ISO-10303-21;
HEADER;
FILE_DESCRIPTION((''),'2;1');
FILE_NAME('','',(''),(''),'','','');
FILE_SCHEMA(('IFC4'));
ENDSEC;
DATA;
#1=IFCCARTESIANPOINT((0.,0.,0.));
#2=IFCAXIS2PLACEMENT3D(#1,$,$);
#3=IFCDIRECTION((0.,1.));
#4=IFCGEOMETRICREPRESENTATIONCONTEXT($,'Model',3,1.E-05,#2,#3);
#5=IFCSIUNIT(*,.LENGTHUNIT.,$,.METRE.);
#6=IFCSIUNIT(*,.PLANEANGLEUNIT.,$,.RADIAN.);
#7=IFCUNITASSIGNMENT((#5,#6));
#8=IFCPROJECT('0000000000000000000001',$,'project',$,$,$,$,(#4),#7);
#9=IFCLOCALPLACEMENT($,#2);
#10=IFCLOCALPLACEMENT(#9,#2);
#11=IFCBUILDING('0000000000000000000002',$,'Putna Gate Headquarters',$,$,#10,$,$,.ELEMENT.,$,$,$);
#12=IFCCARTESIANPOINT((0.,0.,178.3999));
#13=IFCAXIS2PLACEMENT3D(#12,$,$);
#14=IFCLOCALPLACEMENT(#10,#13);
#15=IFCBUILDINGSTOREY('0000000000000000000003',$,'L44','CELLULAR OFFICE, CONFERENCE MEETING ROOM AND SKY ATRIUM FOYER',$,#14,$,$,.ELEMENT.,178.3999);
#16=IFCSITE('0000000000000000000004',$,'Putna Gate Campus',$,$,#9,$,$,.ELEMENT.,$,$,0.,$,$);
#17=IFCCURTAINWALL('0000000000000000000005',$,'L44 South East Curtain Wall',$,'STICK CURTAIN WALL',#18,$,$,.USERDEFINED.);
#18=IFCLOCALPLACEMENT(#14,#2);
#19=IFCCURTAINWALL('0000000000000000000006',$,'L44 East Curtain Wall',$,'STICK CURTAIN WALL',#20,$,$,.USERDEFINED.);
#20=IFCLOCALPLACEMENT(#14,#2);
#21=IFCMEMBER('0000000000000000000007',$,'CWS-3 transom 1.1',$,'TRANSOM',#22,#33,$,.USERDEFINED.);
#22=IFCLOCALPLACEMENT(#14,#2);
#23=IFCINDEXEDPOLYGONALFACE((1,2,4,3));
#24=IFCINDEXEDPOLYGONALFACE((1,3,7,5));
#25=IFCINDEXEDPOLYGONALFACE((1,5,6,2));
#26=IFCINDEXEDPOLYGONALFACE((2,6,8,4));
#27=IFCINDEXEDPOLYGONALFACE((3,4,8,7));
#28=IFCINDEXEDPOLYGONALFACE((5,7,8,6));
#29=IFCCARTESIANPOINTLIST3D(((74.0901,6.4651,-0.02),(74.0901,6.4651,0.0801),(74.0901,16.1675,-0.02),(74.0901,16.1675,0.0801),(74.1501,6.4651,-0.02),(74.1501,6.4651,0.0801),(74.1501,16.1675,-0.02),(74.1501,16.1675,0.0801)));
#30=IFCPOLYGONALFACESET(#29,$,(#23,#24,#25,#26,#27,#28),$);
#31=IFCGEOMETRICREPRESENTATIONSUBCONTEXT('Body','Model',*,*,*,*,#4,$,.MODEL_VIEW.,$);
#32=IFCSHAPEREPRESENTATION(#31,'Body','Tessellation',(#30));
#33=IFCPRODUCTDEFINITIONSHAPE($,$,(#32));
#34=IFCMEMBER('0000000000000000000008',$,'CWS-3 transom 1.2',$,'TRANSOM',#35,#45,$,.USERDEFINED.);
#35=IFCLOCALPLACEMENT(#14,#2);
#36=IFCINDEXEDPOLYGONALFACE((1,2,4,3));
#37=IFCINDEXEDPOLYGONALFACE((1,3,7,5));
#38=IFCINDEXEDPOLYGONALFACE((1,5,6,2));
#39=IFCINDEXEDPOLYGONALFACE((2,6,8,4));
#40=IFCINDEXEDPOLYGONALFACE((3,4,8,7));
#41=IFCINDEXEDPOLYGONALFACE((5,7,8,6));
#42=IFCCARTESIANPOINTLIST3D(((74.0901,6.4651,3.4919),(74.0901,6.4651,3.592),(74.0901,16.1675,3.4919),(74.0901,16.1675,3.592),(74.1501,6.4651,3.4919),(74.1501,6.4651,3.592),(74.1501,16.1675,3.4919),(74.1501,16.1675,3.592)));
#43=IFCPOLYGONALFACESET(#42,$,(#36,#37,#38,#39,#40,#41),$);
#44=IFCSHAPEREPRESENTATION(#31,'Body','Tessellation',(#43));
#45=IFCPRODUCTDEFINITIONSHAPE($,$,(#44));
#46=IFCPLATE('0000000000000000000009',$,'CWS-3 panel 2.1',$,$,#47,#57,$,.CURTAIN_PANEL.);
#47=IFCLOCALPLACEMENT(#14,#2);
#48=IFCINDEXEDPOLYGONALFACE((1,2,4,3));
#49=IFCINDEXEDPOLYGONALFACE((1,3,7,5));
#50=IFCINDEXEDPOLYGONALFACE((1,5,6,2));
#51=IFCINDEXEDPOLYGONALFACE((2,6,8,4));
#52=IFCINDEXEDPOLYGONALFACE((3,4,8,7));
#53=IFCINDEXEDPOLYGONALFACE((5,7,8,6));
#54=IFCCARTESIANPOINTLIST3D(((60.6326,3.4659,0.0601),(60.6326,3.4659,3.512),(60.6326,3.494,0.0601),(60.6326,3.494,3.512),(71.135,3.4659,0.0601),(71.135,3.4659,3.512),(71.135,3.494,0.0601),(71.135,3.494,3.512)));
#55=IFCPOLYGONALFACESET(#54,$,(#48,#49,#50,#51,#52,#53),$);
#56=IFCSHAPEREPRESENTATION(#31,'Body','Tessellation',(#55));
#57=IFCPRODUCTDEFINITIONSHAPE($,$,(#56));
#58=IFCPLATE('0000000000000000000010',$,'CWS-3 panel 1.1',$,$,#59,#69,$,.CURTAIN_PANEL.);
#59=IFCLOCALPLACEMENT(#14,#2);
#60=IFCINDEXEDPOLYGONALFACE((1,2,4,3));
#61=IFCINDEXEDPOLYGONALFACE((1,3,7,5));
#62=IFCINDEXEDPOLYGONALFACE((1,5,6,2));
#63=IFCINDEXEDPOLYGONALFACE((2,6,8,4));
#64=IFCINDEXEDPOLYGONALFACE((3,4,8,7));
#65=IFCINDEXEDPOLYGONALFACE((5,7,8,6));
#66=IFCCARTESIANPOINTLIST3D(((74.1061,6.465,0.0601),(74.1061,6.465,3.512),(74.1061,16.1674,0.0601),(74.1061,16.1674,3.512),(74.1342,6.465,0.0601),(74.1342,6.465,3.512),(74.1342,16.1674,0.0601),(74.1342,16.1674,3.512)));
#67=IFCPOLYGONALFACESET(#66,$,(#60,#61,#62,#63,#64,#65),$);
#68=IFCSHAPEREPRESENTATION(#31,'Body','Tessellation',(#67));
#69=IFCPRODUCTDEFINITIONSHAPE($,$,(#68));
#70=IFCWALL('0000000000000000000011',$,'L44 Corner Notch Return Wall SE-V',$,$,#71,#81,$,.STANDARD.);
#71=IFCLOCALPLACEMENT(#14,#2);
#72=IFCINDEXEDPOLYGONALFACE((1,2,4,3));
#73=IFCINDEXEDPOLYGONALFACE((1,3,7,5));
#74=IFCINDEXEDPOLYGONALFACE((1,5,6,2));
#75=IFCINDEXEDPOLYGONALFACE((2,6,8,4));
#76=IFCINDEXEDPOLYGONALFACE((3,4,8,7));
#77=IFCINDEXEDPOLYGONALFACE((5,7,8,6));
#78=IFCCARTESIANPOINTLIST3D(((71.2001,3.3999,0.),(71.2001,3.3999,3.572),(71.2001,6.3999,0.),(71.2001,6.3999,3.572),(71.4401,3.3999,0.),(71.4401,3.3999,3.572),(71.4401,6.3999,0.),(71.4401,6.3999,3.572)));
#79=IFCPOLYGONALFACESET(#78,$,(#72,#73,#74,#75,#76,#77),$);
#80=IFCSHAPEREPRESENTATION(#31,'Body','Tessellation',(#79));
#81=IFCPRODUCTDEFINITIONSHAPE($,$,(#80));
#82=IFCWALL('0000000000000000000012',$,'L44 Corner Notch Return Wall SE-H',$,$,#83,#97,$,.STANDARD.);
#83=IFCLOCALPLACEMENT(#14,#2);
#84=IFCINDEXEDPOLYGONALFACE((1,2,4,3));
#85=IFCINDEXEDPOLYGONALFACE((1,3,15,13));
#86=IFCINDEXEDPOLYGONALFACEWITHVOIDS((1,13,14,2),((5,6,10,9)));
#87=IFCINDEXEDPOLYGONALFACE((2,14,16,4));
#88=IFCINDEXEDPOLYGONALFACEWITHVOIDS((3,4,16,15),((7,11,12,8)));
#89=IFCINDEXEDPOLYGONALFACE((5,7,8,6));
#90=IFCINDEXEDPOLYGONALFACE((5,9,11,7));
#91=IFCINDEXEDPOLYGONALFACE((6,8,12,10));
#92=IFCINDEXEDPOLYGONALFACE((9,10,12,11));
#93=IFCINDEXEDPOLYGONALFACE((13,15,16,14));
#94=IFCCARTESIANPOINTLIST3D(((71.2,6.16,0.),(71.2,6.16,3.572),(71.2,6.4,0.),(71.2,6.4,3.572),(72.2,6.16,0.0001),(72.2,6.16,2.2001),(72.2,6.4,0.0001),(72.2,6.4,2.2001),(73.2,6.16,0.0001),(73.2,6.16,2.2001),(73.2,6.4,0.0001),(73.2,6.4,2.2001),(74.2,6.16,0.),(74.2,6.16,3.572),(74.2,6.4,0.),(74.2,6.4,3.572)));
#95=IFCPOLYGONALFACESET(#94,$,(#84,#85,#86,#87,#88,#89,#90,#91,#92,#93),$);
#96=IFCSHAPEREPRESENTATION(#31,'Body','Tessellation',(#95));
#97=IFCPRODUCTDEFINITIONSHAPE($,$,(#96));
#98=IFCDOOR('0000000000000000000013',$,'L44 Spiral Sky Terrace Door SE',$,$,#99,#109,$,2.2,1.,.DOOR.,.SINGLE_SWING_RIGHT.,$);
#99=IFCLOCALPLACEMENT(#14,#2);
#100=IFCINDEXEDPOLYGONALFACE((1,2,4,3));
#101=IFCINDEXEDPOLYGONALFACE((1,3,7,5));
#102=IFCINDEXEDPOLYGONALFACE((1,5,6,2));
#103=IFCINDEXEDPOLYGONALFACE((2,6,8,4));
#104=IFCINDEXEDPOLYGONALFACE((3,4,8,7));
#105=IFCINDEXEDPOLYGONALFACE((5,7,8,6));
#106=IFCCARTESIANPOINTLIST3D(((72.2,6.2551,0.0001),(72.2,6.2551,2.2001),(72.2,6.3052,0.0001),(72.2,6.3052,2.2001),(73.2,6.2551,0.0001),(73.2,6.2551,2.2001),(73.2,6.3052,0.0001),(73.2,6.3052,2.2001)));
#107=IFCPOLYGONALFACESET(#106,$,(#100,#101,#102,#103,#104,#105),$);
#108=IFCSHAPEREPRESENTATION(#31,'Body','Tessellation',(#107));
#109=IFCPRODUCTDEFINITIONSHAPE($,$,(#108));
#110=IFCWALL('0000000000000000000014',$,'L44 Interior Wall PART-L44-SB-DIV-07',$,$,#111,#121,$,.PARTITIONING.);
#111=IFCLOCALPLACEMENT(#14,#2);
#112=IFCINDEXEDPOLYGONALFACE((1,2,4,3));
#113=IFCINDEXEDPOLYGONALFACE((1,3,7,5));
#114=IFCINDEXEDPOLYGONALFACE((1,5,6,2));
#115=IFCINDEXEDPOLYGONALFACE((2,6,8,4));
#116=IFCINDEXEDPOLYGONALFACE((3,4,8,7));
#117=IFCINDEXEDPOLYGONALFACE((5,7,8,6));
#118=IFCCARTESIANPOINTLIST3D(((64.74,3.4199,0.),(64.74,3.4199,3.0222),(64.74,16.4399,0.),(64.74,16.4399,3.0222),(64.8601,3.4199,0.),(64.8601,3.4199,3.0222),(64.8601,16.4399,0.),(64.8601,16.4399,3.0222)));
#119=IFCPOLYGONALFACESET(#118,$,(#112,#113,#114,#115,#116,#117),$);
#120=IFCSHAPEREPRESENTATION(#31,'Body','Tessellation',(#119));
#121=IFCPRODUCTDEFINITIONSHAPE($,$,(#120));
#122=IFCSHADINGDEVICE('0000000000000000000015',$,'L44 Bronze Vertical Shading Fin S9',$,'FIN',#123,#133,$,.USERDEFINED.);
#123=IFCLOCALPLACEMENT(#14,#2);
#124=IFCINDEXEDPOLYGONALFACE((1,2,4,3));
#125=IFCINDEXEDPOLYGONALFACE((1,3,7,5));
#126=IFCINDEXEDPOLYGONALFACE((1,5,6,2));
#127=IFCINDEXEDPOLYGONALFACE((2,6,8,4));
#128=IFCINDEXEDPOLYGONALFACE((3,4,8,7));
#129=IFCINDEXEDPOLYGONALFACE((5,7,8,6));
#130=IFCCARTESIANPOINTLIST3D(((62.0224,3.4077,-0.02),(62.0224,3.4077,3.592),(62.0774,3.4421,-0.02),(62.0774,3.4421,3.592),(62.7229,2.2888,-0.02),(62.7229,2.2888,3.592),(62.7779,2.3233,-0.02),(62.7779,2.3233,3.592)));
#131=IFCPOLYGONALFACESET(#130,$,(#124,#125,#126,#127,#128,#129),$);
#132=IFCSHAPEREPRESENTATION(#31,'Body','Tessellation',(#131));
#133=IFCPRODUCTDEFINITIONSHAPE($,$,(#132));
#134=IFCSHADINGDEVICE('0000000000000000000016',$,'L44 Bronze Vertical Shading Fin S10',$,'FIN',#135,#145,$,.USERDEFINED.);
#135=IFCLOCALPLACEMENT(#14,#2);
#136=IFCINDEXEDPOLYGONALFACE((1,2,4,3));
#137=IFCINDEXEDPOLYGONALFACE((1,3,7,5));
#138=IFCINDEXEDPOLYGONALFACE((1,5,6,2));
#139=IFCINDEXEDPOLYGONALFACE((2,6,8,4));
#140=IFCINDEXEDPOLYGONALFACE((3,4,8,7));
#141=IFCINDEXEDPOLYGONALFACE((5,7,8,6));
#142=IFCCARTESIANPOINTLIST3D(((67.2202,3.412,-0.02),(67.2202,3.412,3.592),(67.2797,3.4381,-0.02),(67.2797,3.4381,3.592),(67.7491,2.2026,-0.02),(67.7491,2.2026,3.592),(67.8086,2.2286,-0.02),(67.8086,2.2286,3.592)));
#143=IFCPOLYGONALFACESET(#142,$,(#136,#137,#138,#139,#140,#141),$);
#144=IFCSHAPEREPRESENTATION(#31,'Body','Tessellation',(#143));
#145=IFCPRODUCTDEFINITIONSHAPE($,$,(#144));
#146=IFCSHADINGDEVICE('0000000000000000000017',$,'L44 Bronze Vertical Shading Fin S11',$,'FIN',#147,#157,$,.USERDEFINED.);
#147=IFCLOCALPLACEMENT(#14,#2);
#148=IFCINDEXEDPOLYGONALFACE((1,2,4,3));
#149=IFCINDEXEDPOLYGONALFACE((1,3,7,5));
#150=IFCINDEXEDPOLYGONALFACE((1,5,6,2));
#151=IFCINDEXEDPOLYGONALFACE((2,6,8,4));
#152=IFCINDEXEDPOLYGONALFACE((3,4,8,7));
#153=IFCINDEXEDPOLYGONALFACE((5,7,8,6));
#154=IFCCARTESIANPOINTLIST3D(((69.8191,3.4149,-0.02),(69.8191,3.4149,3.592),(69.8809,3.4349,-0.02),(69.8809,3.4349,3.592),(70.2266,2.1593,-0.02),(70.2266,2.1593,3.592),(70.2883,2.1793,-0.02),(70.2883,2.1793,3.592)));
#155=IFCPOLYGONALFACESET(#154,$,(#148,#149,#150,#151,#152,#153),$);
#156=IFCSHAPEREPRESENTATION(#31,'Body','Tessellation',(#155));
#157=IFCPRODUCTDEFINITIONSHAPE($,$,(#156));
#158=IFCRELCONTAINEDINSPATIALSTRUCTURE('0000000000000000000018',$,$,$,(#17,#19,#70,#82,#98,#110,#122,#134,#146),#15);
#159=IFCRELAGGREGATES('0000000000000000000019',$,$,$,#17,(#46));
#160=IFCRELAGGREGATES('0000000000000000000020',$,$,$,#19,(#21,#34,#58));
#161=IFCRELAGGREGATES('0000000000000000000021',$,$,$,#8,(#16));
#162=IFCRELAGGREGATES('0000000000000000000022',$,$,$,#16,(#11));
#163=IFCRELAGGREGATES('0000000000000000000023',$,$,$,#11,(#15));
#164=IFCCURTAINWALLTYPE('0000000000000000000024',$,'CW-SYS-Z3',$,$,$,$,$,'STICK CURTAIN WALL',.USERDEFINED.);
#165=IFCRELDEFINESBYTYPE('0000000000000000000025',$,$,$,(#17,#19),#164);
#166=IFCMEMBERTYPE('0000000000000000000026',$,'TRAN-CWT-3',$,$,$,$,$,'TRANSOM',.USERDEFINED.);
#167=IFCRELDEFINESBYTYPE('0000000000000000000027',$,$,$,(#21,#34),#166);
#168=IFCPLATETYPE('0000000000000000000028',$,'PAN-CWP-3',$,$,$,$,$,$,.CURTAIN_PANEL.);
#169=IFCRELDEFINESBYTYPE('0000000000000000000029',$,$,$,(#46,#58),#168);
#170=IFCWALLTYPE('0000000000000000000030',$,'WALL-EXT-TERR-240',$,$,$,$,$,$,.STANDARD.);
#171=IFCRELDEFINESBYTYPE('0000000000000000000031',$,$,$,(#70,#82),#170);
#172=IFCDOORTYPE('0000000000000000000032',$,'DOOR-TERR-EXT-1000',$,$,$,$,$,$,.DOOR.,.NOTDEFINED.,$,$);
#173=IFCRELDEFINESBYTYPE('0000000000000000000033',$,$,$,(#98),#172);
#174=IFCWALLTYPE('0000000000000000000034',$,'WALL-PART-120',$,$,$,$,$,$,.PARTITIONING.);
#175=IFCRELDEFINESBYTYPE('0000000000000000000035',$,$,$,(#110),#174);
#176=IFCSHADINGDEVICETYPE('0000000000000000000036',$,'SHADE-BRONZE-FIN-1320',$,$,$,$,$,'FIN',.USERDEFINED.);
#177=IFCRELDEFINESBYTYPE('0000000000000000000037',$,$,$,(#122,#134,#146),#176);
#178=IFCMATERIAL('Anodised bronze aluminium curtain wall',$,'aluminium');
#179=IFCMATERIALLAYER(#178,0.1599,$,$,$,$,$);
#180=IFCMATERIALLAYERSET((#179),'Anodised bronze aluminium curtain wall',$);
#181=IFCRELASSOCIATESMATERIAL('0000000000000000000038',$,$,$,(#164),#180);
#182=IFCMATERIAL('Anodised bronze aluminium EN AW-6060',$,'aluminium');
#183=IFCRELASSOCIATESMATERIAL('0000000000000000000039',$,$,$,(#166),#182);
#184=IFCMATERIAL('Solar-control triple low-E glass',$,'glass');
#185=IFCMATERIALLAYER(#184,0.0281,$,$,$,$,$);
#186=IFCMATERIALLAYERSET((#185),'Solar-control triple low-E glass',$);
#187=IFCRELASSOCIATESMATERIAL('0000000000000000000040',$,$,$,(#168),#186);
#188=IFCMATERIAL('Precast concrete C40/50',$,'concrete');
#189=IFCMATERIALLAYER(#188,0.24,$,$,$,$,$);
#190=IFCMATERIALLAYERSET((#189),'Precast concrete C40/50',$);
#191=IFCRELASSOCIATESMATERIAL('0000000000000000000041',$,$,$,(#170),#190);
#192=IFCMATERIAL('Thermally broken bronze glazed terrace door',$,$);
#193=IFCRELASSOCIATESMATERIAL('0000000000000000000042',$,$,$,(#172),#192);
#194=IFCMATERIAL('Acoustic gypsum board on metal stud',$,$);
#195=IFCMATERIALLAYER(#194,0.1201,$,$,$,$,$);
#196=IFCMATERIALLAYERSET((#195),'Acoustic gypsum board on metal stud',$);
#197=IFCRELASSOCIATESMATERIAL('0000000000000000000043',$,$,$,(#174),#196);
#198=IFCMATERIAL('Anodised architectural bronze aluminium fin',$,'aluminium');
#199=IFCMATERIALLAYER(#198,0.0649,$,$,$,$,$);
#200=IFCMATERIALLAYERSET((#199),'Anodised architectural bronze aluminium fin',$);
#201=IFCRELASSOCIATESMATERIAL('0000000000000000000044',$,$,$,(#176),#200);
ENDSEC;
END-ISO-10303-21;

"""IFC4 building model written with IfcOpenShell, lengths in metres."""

from ifc_helpers import new_model, si_unit, direction, frame, frame_2d, origin, origin_2d, place, context, subcontext, project, spatial, rectangle, extrude, material, layer, layer_set, material_profile, profile_set, type_object, element, fill, aggregate, save


model = new_model("IFC4")

# Units and contexts
model_context = context("Model", 3, precision=1e-05, world=origin(), true_north=direction((0.0, 1.0)))
body_context = subcontext(model_context, "Body", "Model", "MODEL_VIEW")
ifc_project = project(units=[si_unit("LENGTHUNIT", "METRE"), si_unit("PLANEANGLEUNIT", "RADIAN")], contexts=[model_context])

# Site, building, storey
site_placement = place(None, origin())
site = spatial("IfcSite", under=ifc_project, at=site_placement, Name="Putna Gate Campus", CompositionType="ELEMENT", RefElevation=0.0)
building_placement = place(site_placement, origin())
building = spatial("IfcBuilding", under=site, at=building_placement, Name="Putna Gate Headquarters", CompositionType="ELEMENT")
storey_placement = place(building_placement, frame((0.0, 0.0, 178.3999)))
storey = spatial("IfcBuildingStorey", under=building, at=storey_placement, Name="L44", Description="CELLULAR OFFICE, CONFERENCE MEETING ROOM AND SKY ATRIUM FOYER", CompositionType="ELEMENT", Elevation=178.3999)

# Curtain wall
ifc_material_1 = material(Name="Anodised bronze aluminium curtain wall", Category="aluminium")
ifc_layer_1 = layer(ifc_material_1, 0.1599)
ifc_layer_set_1 = layer_set([ifc_layer_1], Name="Anodised bronze aluminium curtain wall")
curtain_wall_type = type_object("IfcCurtainWallType", Name="CW-SYS-Z3", ElementType="STICK CURTAIN WALL", PredefinedType="USERDEFINED", material=ifc_layer_set_1)
curtain_wall_1_placement = place(storey_placement, origin())
curtain_wall_1 = element("IfcCurtainWall", 1, at=curtain_wall_1_placement, inside=storey, type_object=curtain_wall_type, Name="L44 South East Curtain Wall", ObjectType="STICK CURTAIN WALL", PredefinedType="USERDEFINED")
ifc_material_2 = material(Name="Anodised bronze aluminium EN AW-6060", Category="aluminium")

# Curtain wall
curtain_wall_2_placement = place(storey_placement, origin())
curtain_wall_2 = element("IfcCurtainWall", 2, at=curtain_wall_2_placement, inside=storey, type_object=curtain_wall_type, Name="L44 East Curtain Wall", ObjectType="STICK CURTAIN WALL", PredefinedType="USERDEFINED")

# Members
ifc_material_profile_1 = material_profile(ifc_material_2, rectangle(XDim=0.0601, YDim=0.1001, at=origin_2d()), Name="Anodised bronze aluminium EN AW-6060")
ifc_profile_set_1 = profile_set([ifc_material_profile_1], Name="Anodised bronze aluminium EN AW-6060")
member_type_1 = type_object("IfcMemberType", Name="TRAN-CWT-3", ElementType="TRANSOM", PredefinedType="USERDEFINED", material=ifc_profile_set_1)
member_1_placement = place(storey_placement, frame((74.1201, 6.4651, 0.03), z_axis=(0.0, 1.0, 0.0), x_axis=(-1.0, 0.0, 0.0)))
member_1 = element("IfcMember", 3, at=member_1_placement, type_object=member_type_1, Name="CWS-3 transom 1.1", ObjectType="TRANSOM", PredefinedType="USERDEFINED", context=body_context, shape_type="SweptSolid", body=[
    extrude(rectangle(XDim=0.0601, YDim=0.1001, at=origin_2d()), origin(), (0.0, 0.0, 1.0), 9.7024),
])
member_2_placement = place(storey_placement, frame((74.1201, 6.4651, 3.542), z_axis=(0.0, 1.0, 0.0), x_axis=(-1.0, 0.0, 0.0)))
member_2 = element("IfcMember", 4, at=member_2_placement, type_object=member_type_1, Name="CWS-3 transom 1.2", ObjectType="TRANSOM", PredefinedType="USERDEFINED", context=body_context, shape_type="SweptSolid", body=[
    extrude(rectangle(XDim=0.0601, YDim=0.1001, at=origin_2d()), origin(), (0.0, 0.0, 1.0), 9.7024),
])

# Plates
ifc_material_3 = material(Name="Solar-control triple low-E glass", Category="glass")
ifc_layer_2 = layer(ifc_material_3, 0.0281)
ifc_layer_set_2 = layer_set([ifc_layer_2], Name="Solar-control triple low-E glass")
plate_type = type_object("IfcPlateType", Name="PAN-CWP-3", PredefinedType="CURTAIN_PANEL", material=ifc_layer_set_2)
plate_1_placement = place(storey_placement, frame((65.8838, 3.48, 0.0601), z_axis=(0.0, 0.0, 1.0), x_axis=(1.0, 0.0, 0.0)))
plate_1 = element("IfcPlate", 5, at=plate_1_placement, type_object=plate_type, Name="CWS-3 panel 2.1", PredefinedType="CURTAIN_PANEL", context=body_context, shape_type="SweptSolid", body=[
    extrude(rectangle(XDim=10.5024, YDim=0.0281, at=origin_2d()), origin(), (0.0, 0.0, 1.0), 3.4519),
])
aggregate(curtain_wall_1, [plate_1])
plate_2_placement = place(storey_placement, frame((74.1201, 11.3162, 0.0601), z_axis=(0.0, 0.0, 1.0), x_axis=(0.0, 1.0, 0.0)))
plate_2 = element("IfcPlate", 6, at=plate_2_placement, type_object=plate_type, Name="CWS-3 panel 1.1", PredefinedType="CURTAIN_PANEL", context=body_context, shape_type="SweptSolid", body=[
    extrude(rectangle(XDim=9.7024, YDim=0.0281, at=origin_2d()), origin(), (0.0, 0.0, 1.0), 3.4519),
])
aggregate(curtain_wall_2, [member_1, member_2, plate_2])

# Wall
ifc_material_4 = material(Name="Precast concrete C40/50", Category="concrete")
ifc_layer_3 = layer(ifc_material_4, 0.24)
ifc_layer_set_3 = layer_set([ifc_layer_3], Name="Precast concrete C40/50")
wall_type_1 = type_object("IfcWallType", Name="WALL-EXT-TERR-240", PredefinedType="STANDARD", material=ifc_layer_set_3)
wall_1_placement = place(storey_placement, frame((71.3201, 6.3999, 0.0), z_axis=(0.0, 0.0, 1.0), x_axis=(0.0, -1.0, 0.0)))
element("IfcWall", 7, at=wall_1_placement, inside=storey, type_object=wall_type_1, Name="L44 Corner Notch Return Wall SE-V", PredefinedType="STANDARD", context=body_context, shape_type="SweptSolid", body=[
    extrude(rectangle(XDim=3.0, YDim=0.24, at=frame_2d((1.5, 0.0))), origin(), (0.0, 0.0, 1.0), 3.572),
])

# Wall, opening, door
wall_2_placement = place(storey_placement, frame((74.2, 6.28, 0.0), z_axis=(0.0, 0.0, 1.0), x_axis=(-1.0, 0.0, 0.0)))
wall_2 = element("IfcWall", 8, at=wall_2_placement, inside=storey, type_object=wall_type_1, Name="L44 Corner Notch Return Wall SE-H", PredefinedType="STANDARD", context=body_context, shape_type="SweptSolid", body=[
    extrude(rectangle(XDim=3.0, YDim=0.24, at=frame_2d((1.5, 0.0))), origin(), (0.0, 0.0, 1.0), 3.572),
])
opening_placement = place(wall_2_placement, frame((1.0, 0.0, 0.0)))
opening = element("IfcOpeningElement", 9, at=opening_placement, cuts=wall_2, PredefinedType="OPENING", context=body_context, shape_type="SweptSolid", body=[
    extrude(rectangle(XDim=1.0, YDim=2.2, at=frame_2d((0.5, 1.1001))), frame((0.0, 0.1299, 0.0), z_axis=(0.0, -1.0, 0.0), x_axis=(1.0, 0.0, 0.0)), (0.0, 0.0, 1.0), 0.26),
])
ifc_material_5 = material(Name="Thermally broken bronze glazed terrace door")
door_type = type_object("IfcDoorType", Name="DOOR-TERR-EXT-1000", OperationType="NOTDEFINED", PredefinedType="DOOR", material=ifc_material_5)
door_placement = place(opening_placement, origin())
door = element("IfcDoor", 10, at=door_placement, inside=storey, type_object=door_type, Name="L44 Spiral Sky Terrace Door SE", OperationType="SINGLE_SWING_RIGHT", OverallHeight=2.2, OverallWidth=1.0, PredefinedType="DOOR", context=body_context, shape_type="SweptSolid", body=[
    extrude(rectangle(XDim=1.0, YDim=2.2, at=frame_2d((0.5, 1.1001))), frame((0.0, 0.0249, 0.0), z_axis=(0.0, -1.0, 0.0), x_axis=(1.0, 0.0, 0.0)), (0.0, 0.0, 1.0), 0.05),
])
fill(opening, door)

# Wall
ifc_material_6 = material(Name="Acoustic gypsum board on metal stud")
ifc_layer_4 = layer(ifc_material_6, 0.1201)
ifc_layer_set_4 = layer_set([ifc_layer_4], Name="Acoustic gypsum board on metal stud")
wall_type_2 = type_object("IfcWallType", Name="WALL-PART-120", PredefinedType="PARTITIONING", material=ifc_layer_set_4)
wall_3_placement = place(storey_placement, frame((64.8, 3.4199, 0.0), z_axis=(0.0, 0.0, 1.0), x_axis=(0.0, 1.0, 0.0)))
element("IfcWall", 11, at=wall_3_placement, inside=storey, type_object=wall_type_2, Name="L44 Interior Wall PART-L44-SB-DIV-07", PredefinedType="PARTITIONING", context=body_context, shape_type="SweptSolid", body=[
    extrude(rectangle(XDim=13.02, YDim=0.1201, at=frame_2d((6.51, 0.0))), origin(), (0.0, 0.0, 1.0), 3.0222),
])

# Shading devices
ifc_material_7 = material(Name="Anodised architectural bronze aluminium fin", Category="aluminium")
ifc_layer_5 = layer(ifc_material_7, 0.0649)
ifc_layer_set_5 = layer_set([ifc_layer_5], Name="Anodised architectural bronze aluminium fin")
shading_device_type = type_object("IfcShadingDeviceType", Name="SHADE-BRONZE-FIN-1320", ElementType="FIN", PredefinedType="USERDEFINED", material=ifc_layer_set_5)
for number, where, z_axis, x_axis, name in (
    (12, (62.4001, 2.8655, -0.02), (0.0, 0.0, 1.0), (0.530659, -0.847585, 0.0), "L44 Bronze Vertical Shading Fin S9"),
    (13, (67.5144, 2.8203, -0.02), (0.0, 0.0, 1.0), (0.400669, -0.916223, 0.0), "L44 Bronze Vertical Shading Fin S10"),
    (14, (70.0537, 2.7971, -0.02), (0.0, 0.0, 1.0), (0.308685, -0.951164, 0.0), "L44 Bronze Vertical Shading Fin S11"),
):
    element("IfcShadingDevice", number, at=place(storey_placement, frame(where, z_axis=z_axis, x_axis=x_axis)), inside=storey, type_object=shading_device_type, Name=name, ObjectType="FIN", PredefinedType="USERDEFINED", context=body_context, shape_type="SweptSolid", body=[
        extrude(rectangle(XDim=1.3201, YDim=0.0649, at=origin_2d()), origin(), (0.0, 0.0, 1.0), 3.6121),
    ])

save(model, "model.ifc")
